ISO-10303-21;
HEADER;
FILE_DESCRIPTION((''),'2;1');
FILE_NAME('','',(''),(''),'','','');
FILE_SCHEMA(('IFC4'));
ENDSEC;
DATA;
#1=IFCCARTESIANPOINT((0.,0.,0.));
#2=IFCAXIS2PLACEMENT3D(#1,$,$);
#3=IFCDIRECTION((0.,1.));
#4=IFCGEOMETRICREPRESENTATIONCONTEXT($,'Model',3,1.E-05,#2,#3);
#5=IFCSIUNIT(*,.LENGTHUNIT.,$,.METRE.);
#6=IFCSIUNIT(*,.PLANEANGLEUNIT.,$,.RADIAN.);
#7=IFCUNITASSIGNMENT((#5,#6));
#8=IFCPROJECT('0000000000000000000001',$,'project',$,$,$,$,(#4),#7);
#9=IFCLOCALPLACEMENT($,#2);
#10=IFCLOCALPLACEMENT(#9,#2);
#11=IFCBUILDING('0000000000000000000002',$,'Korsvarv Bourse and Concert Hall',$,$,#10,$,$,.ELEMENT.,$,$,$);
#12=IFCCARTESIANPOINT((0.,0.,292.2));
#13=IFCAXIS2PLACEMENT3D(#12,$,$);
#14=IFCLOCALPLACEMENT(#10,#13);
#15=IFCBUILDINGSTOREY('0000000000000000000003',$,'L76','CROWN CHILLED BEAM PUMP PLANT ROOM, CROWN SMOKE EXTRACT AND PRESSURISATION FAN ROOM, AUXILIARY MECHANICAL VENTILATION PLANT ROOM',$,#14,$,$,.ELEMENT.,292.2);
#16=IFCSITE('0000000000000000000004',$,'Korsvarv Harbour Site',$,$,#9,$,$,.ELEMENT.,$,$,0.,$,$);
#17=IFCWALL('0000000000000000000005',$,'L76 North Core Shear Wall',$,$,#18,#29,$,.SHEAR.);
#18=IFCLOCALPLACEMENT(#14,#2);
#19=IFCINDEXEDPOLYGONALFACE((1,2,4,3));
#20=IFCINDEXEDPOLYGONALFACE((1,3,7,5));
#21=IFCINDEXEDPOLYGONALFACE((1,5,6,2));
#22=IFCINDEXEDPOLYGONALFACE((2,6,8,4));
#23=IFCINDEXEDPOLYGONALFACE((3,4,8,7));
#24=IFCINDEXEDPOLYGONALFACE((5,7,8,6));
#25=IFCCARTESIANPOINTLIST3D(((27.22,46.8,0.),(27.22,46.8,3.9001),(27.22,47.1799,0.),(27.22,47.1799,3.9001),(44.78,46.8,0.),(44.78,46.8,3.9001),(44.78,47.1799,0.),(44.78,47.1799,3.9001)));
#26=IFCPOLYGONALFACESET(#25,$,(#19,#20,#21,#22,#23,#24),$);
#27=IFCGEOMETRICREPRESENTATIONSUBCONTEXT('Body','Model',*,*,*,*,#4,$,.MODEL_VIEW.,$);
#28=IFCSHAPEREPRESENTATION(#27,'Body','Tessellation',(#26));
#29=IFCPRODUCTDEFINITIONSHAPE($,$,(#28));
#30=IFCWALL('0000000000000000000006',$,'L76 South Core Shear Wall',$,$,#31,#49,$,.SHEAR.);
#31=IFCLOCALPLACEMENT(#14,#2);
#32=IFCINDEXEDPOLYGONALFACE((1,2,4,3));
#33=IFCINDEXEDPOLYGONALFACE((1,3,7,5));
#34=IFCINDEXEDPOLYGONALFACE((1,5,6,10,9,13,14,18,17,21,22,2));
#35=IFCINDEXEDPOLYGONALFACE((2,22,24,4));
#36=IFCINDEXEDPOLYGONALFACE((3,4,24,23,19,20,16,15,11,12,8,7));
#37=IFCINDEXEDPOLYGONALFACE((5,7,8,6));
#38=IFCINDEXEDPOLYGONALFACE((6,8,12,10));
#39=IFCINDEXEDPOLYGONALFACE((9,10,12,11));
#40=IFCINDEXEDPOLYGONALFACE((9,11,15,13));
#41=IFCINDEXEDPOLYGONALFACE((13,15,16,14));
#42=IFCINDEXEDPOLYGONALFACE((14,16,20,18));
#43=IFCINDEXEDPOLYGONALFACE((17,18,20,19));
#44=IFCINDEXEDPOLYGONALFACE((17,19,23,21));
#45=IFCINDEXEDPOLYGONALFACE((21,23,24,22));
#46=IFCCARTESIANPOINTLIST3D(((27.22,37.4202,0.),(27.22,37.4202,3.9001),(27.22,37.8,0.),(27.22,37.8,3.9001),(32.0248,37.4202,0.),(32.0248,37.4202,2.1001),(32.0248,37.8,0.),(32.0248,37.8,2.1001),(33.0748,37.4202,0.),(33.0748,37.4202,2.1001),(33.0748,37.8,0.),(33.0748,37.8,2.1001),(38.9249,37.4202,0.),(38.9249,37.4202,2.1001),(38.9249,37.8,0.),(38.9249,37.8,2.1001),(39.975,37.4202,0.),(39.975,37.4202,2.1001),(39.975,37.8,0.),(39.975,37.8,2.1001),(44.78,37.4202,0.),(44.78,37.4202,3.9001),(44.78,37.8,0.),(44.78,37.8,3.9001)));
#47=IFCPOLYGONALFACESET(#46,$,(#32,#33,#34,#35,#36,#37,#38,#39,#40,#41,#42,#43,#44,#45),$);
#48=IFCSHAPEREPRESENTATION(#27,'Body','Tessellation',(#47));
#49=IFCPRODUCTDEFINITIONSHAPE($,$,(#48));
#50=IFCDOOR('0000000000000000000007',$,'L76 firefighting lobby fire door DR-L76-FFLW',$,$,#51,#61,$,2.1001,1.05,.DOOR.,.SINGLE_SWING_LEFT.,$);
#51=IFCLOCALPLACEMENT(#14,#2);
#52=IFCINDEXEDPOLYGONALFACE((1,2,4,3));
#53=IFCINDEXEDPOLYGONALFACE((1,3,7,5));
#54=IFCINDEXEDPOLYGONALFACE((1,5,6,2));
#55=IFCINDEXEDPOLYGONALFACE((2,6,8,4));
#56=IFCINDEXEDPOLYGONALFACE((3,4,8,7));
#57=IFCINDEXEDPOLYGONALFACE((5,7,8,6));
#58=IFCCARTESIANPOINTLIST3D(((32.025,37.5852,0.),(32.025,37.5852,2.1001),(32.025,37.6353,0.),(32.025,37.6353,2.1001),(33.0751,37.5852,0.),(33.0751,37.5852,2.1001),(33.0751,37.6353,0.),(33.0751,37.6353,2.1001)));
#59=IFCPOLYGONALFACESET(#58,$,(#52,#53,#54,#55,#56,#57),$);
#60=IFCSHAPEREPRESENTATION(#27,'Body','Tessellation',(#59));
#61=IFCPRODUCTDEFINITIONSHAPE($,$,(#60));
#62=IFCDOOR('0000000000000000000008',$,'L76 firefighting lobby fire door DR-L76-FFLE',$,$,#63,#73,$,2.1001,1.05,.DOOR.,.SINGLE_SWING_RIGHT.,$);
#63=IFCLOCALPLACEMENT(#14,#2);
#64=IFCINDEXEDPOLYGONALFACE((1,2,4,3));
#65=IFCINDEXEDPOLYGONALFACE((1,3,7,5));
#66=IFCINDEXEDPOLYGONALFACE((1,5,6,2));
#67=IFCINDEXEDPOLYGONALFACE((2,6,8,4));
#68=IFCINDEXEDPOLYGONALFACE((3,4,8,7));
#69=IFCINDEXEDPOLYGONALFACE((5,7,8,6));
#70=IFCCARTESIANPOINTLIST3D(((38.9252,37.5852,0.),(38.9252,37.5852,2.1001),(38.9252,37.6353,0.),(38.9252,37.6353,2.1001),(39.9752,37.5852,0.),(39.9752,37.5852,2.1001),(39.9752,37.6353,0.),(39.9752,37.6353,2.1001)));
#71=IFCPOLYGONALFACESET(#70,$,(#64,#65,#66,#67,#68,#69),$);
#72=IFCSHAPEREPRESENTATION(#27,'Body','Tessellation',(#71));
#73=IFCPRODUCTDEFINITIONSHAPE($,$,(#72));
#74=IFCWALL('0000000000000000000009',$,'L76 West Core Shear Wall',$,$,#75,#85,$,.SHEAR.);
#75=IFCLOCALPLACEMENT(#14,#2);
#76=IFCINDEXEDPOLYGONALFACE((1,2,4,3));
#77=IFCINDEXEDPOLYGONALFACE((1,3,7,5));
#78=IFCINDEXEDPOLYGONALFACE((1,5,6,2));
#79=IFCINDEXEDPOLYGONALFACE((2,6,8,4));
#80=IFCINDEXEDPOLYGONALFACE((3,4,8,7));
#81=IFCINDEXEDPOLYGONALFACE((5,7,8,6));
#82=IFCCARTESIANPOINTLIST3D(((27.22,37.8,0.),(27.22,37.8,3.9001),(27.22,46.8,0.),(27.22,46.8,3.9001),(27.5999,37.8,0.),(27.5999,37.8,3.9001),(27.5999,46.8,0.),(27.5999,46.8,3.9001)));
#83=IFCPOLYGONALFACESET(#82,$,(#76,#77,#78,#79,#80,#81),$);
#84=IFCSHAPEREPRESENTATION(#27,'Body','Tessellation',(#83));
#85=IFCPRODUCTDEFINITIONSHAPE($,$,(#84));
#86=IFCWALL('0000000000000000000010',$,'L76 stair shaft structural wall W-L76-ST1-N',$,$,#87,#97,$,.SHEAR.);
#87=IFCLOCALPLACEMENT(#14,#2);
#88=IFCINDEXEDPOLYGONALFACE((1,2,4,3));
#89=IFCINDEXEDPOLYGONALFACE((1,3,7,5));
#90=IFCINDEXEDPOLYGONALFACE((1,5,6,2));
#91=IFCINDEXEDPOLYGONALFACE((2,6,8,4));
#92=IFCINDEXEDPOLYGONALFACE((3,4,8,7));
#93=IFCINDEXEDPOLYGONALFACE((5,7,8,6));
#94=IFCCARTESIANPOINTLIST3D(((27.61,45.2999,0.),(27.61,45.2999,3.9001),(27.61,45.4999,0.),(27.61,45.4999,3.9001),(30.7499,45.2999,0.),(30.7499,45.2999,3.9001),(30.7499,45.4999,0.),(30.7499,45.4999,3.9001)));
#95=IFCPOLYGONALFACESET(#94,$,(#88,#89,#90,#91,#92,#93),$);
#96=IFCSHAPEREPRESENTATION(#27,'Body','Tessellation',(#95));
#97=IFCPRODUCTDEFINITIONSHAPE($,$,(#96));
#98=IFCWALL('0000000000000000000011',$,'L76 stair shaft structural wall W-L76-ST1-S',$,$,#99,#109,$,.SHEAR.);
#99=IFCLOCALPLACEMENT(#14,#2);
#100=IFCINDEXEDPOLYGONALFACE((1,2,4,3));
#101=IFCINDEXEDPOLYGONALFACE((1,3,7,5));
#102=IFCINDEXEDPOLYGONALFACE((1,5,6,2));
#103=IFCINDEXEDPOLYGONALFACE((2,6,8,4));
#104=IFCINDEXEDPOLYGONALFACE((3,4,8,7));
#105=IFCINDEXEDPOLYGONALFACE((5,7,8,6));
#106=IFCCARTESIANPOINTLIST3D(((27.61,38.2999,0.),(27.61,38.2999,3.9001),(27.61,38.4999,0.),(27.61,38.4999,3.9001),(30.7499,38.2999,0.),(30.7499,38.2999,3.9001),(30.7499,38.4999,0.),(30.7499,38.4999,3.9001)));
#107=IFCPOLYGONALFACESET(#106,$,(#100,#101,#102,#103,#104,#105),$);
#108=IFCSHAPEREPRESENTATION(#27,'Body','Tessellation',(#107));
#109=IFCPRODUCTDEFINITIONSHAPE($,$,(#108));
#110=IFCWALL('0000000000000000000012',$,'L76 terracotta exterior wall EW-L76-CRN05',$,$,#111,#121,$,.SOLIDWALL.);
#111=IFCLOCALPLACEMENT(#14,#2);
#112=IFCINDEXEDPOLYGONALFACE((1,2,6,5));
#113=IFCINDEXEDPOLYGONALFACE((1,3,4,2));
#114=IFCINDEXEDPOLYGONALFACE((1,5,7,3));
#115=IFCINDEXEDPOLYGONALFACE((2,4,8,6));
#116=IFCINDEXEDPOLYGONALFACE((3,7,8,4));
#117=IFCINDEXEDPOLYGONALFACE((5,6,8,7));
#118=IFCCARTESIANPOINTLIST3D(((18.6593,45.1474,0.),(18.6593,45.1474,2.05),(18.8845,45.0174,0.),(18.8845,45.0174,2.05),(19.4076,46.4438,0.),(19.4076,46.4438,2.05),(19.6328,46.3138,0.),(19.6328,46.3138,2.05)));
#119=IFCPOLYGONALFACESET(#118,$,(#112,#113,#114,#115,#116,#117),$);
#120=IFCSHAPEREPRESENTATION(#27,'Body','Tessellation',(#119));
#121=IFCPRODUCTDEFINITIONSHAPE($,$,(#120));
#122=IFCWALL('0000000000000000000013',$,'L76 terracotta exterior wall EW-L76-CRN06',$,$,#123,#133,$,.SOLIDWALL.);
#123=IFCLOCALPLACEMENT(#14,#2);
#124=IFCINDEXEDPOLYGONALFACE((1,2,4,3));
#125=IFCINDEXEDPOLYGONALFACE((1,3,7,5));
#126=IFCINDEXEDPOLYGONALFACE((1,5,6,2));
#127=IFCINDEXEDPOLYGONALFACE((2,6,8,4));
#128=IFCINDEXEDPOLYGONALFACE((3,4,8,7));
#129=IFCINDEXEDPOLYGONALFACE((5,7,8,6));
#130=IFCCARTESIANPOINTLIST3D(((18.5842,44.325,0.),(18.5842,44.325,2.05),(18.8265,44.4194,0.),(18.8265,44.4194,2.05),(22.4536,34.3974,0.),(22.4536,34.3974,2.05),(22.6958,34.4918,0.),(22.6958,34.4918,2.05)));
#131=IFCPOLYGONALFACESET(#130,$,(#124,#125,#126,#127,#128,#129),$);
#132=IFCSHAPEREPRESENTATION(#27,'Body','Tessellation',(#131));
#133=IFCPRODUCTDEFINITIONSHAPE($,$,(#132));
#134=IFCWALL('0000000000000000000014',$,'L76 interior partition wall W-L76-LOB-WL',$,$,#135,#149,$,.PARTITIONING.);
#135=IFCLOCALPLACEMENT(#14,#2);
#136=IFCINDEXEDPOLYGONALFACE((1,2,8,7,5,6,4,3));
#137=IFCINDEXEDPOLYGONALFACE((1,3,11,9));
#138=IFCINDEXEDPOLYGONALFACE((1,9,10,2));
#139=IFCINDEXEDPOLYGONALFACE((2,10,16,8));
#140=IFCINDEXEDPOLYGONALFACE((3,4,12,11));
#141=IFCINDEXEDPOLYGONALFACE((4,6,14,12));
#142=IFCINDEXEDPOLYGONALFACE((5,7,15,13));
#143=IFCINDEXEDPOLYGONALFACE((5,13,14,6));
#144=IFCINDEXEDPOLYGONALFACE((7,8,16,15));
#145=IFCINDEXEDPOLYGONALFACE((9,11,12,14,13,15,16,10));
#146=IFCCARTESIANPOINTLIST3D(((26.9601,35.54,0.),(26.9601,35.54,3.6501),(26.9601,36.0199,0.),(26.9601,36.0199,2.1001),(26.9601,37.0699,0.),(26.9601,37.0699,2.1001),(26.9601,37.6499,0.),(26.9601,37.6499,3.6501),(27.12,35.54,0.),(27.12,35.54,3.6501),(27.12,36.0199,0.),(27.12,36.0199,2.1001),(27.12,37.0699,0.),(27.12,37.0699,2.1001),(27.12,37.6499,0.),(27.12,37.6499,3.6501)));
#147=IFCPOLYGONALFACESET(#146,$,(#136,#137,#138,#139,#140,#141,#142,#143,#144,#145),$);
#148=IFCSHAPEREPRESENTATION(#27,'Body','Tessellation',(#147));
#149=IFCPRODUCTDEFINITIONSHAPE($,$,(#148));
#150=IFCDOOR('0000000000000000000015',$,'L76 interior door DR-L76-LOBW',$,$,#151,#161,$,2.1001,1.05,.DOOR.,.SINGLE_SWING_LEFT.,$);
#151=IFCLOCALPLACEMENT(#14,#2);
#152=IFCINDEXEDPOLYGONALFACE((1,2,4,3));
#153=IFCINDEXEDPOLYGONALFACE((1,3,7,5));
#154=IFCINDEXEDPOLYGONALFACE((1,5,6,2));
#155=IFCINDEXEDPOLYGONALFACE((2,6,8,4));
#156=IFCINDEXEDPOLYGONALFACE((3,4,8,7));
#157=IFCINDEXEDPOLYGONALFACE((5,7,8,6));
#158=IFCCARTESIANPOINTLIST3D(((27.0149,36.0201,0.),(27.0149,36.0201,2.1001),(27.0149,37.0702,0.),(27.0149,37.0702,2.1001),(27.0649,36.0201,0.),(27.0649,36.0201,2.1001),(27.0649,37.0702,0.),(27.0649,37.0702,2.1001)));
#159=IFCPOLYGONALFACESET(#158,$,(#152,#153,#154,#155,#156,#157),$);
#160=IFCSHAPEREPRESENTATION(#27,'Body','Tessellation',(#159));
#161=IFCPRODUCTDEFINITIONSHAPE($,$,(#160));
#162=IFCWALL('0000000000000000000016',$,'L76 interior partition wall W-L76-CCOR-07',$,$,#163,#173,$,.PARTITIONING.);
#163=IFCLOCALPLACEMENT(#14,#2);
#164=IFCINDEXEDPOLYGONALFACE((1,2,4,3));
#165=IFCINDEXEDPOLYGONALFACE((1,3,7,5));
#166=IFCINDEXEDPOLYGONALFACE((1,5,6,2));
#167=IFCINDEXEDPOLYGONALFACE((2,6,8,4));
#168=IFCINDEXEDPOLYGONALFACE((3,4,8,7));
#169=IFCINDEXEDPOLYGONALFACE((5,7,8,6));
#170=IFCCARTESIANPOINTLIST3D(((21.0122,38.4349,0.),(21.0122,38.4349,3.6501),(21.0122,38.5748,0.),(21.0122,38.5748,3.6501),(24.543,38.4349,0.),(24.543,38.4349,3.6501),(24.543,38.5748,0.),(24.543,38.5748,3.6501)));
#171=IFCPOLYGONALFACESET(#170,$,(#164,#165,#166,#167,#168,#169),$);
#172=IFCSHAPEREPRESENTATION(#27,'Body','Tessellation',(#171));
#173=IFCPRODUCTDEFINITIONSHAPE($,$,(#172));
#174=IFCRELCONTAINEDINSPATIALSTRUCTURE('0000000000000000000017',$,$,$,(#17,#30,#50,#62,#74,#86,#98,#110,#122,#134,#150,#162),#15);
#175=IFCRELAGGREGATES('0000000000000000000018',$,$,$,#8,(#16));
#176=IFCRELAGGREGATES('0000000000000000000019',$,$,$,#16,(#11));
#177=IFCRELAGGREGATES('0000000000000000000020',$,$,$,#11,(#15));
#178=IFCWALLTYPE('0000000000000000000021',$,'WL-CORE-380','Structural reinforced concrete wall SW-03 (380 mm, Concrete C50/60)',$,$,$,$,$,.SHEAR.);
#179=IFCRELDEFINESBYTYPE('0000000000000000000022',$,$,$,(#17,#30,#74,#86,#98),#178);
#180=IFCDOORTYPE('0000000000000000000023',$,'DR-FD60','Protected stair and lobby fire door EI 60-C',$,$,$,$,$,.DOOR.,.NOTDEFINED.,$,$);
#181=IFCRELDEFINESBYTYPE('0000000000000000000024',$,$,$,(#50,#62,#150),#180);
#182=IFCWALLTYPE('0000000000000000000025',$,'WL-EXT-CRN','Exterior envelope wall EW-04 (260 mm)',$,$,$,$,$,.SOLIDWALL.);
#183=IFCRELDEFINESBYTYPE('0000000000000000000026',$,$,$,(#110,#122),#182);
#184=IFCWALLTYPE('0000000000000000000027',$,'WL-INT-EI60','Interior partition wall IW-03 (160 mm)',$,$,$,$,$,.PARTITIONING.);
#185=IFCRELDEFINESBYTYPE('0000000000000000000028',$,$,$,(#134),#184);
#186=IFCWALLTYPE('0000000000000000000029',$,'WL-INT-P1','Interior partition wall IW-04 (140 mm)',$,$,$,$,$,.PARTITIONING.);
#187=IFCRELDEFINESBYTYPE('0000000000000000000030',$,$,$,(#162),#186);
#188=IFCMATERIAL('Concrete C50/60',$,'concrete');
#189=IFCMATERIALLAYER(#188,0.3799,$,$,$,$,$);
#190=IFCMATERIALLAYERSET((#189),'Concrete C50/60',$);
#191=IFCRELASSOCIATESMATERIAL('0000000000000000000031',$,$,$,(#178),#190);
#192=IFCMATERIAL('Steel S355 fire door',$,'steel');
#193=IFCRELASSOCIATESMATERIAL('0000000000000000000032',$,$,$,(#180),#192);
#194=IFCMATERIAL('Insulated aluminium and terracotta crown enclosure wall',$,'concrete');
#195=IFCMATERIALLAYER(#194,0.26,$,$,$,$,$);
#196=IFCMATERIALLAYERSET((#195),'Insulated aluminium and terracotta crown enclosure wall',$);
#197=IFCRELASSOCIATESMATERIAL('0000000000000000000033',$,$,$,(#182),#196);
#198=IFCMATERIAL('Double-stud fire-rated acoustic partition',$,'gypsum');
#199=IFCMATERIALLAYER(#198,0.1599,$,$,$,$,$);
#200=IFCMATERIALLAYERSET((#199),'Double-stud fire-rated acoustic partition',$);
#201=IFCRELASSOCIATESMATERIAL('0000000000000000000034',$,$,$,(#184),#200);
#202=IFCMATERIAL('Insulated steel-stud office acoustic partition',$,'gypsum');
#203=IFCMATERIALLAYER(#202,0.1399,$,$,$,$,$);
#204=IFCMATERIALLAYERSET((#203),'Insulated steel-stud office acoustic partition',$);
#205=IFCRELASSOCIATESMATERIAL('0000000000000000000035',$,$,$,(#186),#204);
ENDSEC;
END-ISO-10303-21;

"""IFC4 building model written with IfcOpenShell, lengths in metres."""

from ifc_helpers import new_model, si_unit, direction, frame, frame_2d, origin, place, context, subcontext, project, spatial, rectangle, extrude, material, layer, layer_set, type_object, element, fill, save


model = new_model("IFC4")

# Units and contexts
model_context = context("Model", 3, precision=1e-05, world=origin(), true_north=direction((0.0, 1.0)))
body_context = subcontext(model_context, "Body", "Model", "MODEL_VIEW")
ifc_project = project(units=[si_unit("LENGTHUNIT", "METRE"), si_unit("PLANEANGLEUNIT", "RADIAN")], contexts=[model_context])

# Site, building, storey
site_placement = place(None, origin())
site = spatial("IfcSite", under=ifc_project, at=site_placement, Name="Korsvarv Harbour Site", CompositionType="ELEMENT", RefElevation=0.0)
building_placement = place(site_placement, origin())
building = spatial("IfcBuilding", under=site, at=building_placement, Name="Korsvarv Bourse and Concert Hall", CompositionType="ELEMENT")
storey_placement = place(building_placement, frame((0.0, 0.0, 292.2)))
storey = spatial("IfcBuildingStorey", under=building, at=storey_placement, Name="L76", Description="CROWN CHILLED BEAM PUMP PLANT ROOM, CROWN SMOKE EXTRACT AND PRESSURISATION FAN ROOM, AUXILIARY MECHANICAL VENTILATION PLANT ROOM", CompositionType="ELEMENT", Elevation=292.2)

# Shared definitions
ifc_material_1 = material(Name="Concrete C50/60", Category="concrete")

# Wall
ifc_layer_1 = layer(ifc_material_1, 0.3799)
ifc_layer_set_1 = layer_set([ifc_layer_1], Name="Concrete C50/60")
wall_type_1 = type_object("IfcWallType", Name="WL-CORE-380", Description="Structural reinforced concrete wall SW-03 (380 mm, Concrete C50/60)", PredefinedType="SHEAR", material=ifc_layer_set_1)
wall_1_placement = place(storey_placement, frame((27.22, 46.99, 0.0), z_axis=(0.0, 0.0, 1.0), x_axis=(1.0, 0.0, 0.0)))
element("IfcWall", 1, at=wall_1_placement, inside=storey, type_object=wall_type_1, Name="L76 North Core Shear Wall", PredefinedType="SHEAR", context=body_context, shape_type="SweptSolid", body=[
    extrude(rectangle(XDim=17.5601, YDim=0.3799, at=frame_2d((8.78, 0.0))), origin(), (0.0, 0.0, 1.0), 3.9001),
])

# Wall, openings, doors
wall_2_placement = place(storey_placement, frame((27.22, 37.6101, 0.0), z_axis=(0.0, 0.0, 1.0), x_axis=(1.0, 0.0, 0.0)))
wall_2 = element("IfcWall", 2, at=wall_2_placement, inside=storey, type_object=wall_type_1, Name="L76 South Core Shear Wall", PredefinedType="SHEAR", context=body_context, shape_type="SweptSolid", body=[
    extrude(rectangle(XDim=17.5601, YDim=0.3799, at=frame_2d((8.78, 0.0))), origin(), (0.0, 0.0, 1.0), 3.9001),
])
opening_1_placement = place(wall_2_placement, frame((4.8049, 0.0, 0.0)))
opening_1 = element("IfcOpeningElement", 3, at=opening_1_placement, cuts=wall_2, PredefinedType="OPENING", context=body_context, shape_type="SweptSolid", body=[
    extrude(rectangle(XDim=1.05, YDim=2.1001, at=frame_2d((0.5249, 1.05))), frame((0.0, 0.2, 0.0), z_axis=(0.0, -1.0, 0.0), x_axis=(1.0, 0.0, 0.0)), (0.0, 0.0, 1.0), 0.3999),
])
opening_2_placement = place(wall_2_placement, frame((11.7051, 0.0, 0.0)))
opening_2 = element("IfcOpeningElement", 4, at=opening_2_placement, cuts=wall_2, PredefinedType="OPENING", context=body_context, shape_type="SweptSolid", body=[
    extrude(rectangle(XDim=1.05, YDim=2.1001, at=frame_2d((0.5249, 1.05))), frame((0.0, 0.2, 0.0), z_axis=(0.0, -1.0, 0.0), x_axis=(1.0, 0.0, 0.0)), (0.0, 0.0, 1.0), 0.3999),
])
ifc_material_2 = material(Name="Steel S355 fire door", Category="steel")
door_type = type_object("IfcDoorType", Name="DR-FD60", Description="Protected stair and lobby fire door EI 60-C", OperationType="NOTDEFINED", PredefinedType="DOOR", material=ifc_material_2)
door_1_placement = place(opening_1_placement, frame((1.05, 0.0, 0.0), z_axis=(0.0, 0.0, 1.0), x_axis=(-1.0, 0.0, 0.0)))
door_1 = element("IfcDoor", 5, at=door_1_placement, inside=storey, type_object=door_type, Name="L76 firefighting lobby fire door DR-L76-FFLW", OperationType="SINGLE_SWING_LEFT", OverallHeight=2.1001, OverallWidth=1.05, PredefinedType="DOOR", context=body_context, shape_type="SweptSolid", body=[
    extrude(rectangle(XDim=1.05, YDim=2.1001, at=frame_2d((0.5249, 1.05))), frame((0.0, 0.0249, 0.0), z_axis=(0.0, -1.0, 0.0), x_axis=(1.0, 0.0, 0.0)), (0.0, 0.0, 1.0), 0.05),
])
fill(opening_1, door_1)
door_2_placement = place(opening_2_placement, frame((1.05, 0.0, 0.0), z_axis=(0.0, 0.0, 1.0), x_axis=(-1.0, 0.0, 0.0)))
door_2 = element("IfcDoor", 6, at=door_2_placement, inside=storey, type_object=door_type, Name="L76 firefighting lobby fire door DR-L76-FFLE", OperationType="SINGLE_SWING_RIGHT", OverallHeight=2.1001, OverallWidth=1.05, PredefinedType="DOOR", context=body_context, shape_type="SweptSolid", body=[
    extrude(rectangle(XDim=1.05, YDim=2.1001, at=frame_2d((0.5249, 1.05))), frame((0.0, 0.0249, 0.0), z_axis=(0.0, -1.0, 0.0), x_axis=(1.0, 0.0, 0.0)), (0.0, 0.0, 1.0), 0.05),
])
fill(opening_2, door_2)

# Walls
wall_3_placement = place(storey_placement, frame((27.4099, 37.8, 0.0), z_axis=(0.0, 0.0, 1.0), x_axis=(0.0, 1.0, 0.0)))
element("IfcWall", 7, at=wall_3_placement, inside=storey, type_object=wall_type_1, Name="L76 West Core Shear Wall", PredefinedType="SHEAR", context=body_context, shape_type="SweptSolid", body=[
    extrude(rectangle(XDim=9.0, YDim=0.3799, at=frame_2d((4.5, 0.0))), origin(), (0.0, 0.0, 1.0), 3.9001),
])
for number, where, z_axis, x_axis, name in (
    (8, (27.6101, 45.3999, 0.0), (0.0, 0.0, 1.0), (1.0, 0.0, 0.0), "L76 stair shaft structural wall W-L76-ST1-N"),
    (9, (27.6101, 38.3999, 0.0), (0.0, 0.0, 1.0), (1.0, 0.0, 0.0), "L76 stair shaft structural wall W-L76-ST1-S"),
):
    element("IfcWall", number, at=place(storey_placement, frame(where, z_axis=z_axis, x_axis=x_axis)), inside=storey, type_object=wall_type_1, Name=name, PredefinedType="SHEAR", context=body_context, shape_type="SweptSolid", body=[
        extrude(rectangle(XDim=3.1399, YDim=0.2, at=frame_2d((1.5698, 0.0))), origin(), (0.0, 0.0, 1.0), 3.9001),
    ])
ifc_material_3 = material(Name="Insulated aluminium and terracotta crown enclosure wall", Category="concrete")
ifc_layer_2 = layer(ifc_material_3, 0.26)
ifc_layer_set_2 = layer_set([ifc_layer_2], Name="Insulated aluminium and terracotta crown enclosure wall")
wall_type_2 = type_object("IfcWallType", Name="WL-EXT-CRN", Description="Exterior envelope wall EW-04 (260 mm)", PredefinedType="SOLIDWALL", material=ifc_layer_set_2)
wall_4_placement = place(storey_placement, frame((19.5203, 46.3789, 0.0), z_axis=(0.0, 0.0, 1.0), x_axis=(-0.499911, -0.866077, 0.0)))
element("IfcWall", 10, at=wall_4_placement, inside=storey, type_object=wall_type_2, Name="L76 terracotta exterior wall EW-L76-CRN05", PredefinedType="SOLIDWALL", context=body_context, shape_type="SweptSolid", body=[
    extrude(rectangle(XDim=1.4968, YDim=0.26, at=frame_2d((0.7485, 0.0))), origin(), (0.0, 0.0, 1.0), 2.05),
])
wall_5_placement = place(storey_placement, frame((18.7053, 44.3723, 0.0), z_axis=(0.0, 0.0, 1.0), x_axis=(0.363147, -0.931732, 0.0)))
element("IfcWall", 11, at=wall_5_placement, inside=storey, type_object=wall_type_2, Name="L76 terracotta exterior wall EW-L76-CRN06", PredefinedType="SOLIDWALL", context=body_context, shape_type="SweptSolid", body=[
    extrude(rectangle(XDim=10.655, YDim=0.26, at=frame_2d((5.3276, 0.0))), origin(), (0.0, 0.0, 1.0), 2.05),
])

# Wall, opening, door
ifc_material_4 = material(Name="Double-stud fire-rated acoustic partition", Category="gypsum")
ifc_layer_3 = layer(ifc_material_4, 0.1599)
ifc_layer_set_3 = layer_set([ifc_layer_3], Name="Double-stud fire-rated acoustic partition")
wall_type_3 = type_object("IfcWallType", Name="WL-INT-EI60", Description="Interior partition wall IW-03 (160 mm)", PredefinedType="PARTITIONING", material=ifc_layer_set_3)
wall_6_placement = place(storey_placement, frame((27.04, 35.54, 0.0), z_axis=(0.0, 0.0, 1.0), x_axis=(0.0, 1.0, 0.0)))
wall_6 = element("IfcWall", 12, at=wall_6_placement, inside=storey, type_object=wall_type_3, Name="L76 interior partition wall W-L76-LOB-WL", PredefinedType="PARTITIONING", context=body_context, shape_type="SweptSolid", body=[
    extrude(rectangle(XDim=2.1099, YDim=0.1599, at=frame_2d((1.0549, 0.0))), origin(), (0.0, 0.0, 1.0), 3.6501),
])
opening_3_placement = place(wall_6_placement, frame((0.48, 0.0, 0.0)))
opening_3 = element("IfcOpeningElement", 13, at=opening_3_placement, cuts=wall_6, PredefinedType="OPENING", context=body_context, shape_type="SweptSolid", body=[
    extrude(rectangle(XDim=1.05, YDim=2.1001, at=frame_2d((0.5249, 1.05))), frame((0.0, 0.0898, 0.0), z_axis=(0.0, -1.0, 0.0), x_axis=(1.0, 0.0, 0.0)), (0.0, 0.0, 1.0), 0.1799),
])
door_3_placement = place(opening_3_placement, frame((1.05, 0.0, 0.0), z_axis=(0.0, 0.0, 1.0), x_axis=(-1.0, 0.0, 0.0)))
door_3 = element("IfcDoor", 14, at=door_3_placement, inside=storey, type_object=door_type, Name="L76 interior door DR-L76-LOBW", OperationType="SINGLE_SWING_LEFT", OverallHeight=2.1001, OverallWidth=1.05, PredefinedType="DOOR", context=body_context, shape_type="SweptSolid", body=[
    extrude(rectangle(XDim=1.05, YDim=2.1001, at=frame_2d((0.5249, 1.05))), frame((0.0, 0.0249, 0.0), z_axis=(0.0, -1.0, 0.0), x_axis=(1.0, 0.0, 0.0)), (0.0, 0.0, 1.0), 0.05),
])
fill(opening_3, door_3)

# Wall
ifc_material_5 = material(Name="Insulated steel-stud office acoustic partition", Category="gypsum")
ifc_layer_4 = layer(ifc_material_5, 0.1399)
ifc_layer_set_4 = layer_set([ifc_layer_4], Name="Insulated steel-stud office acoustic partition")
wall_type_4 = type_object("IfcWallType", Name="WL-INT-P1", Description="Interior partition wall IW-04 (140 mm)", PredefinedType="PARTITIONING", material=ifc_layer_set_4)
wall_7_placement = place(storey_placement, frame((21.0122, 38.5049, 0.0), z_axis=(0.0, 0.0, 1.0), x_axis=(1.0, 0.0, 0.0)))
element("IfcWall", 15, at=wall_7_placement, inside=storey, type_object=wall_type_4, Name="L76 interior partition wall W-L76-CCOR-07", PredefinedType="PARTITIONING", context=body_context, shape_type="SweptSolid", body=[
    extrude(rectangle(XDim=3.5308, YDim=0.1399, at=frame_2d((1.7654, 0.0))), origin(), (0.0, 0.0, 1.0), 3.6501),
])

save(model, "model.ifc")
